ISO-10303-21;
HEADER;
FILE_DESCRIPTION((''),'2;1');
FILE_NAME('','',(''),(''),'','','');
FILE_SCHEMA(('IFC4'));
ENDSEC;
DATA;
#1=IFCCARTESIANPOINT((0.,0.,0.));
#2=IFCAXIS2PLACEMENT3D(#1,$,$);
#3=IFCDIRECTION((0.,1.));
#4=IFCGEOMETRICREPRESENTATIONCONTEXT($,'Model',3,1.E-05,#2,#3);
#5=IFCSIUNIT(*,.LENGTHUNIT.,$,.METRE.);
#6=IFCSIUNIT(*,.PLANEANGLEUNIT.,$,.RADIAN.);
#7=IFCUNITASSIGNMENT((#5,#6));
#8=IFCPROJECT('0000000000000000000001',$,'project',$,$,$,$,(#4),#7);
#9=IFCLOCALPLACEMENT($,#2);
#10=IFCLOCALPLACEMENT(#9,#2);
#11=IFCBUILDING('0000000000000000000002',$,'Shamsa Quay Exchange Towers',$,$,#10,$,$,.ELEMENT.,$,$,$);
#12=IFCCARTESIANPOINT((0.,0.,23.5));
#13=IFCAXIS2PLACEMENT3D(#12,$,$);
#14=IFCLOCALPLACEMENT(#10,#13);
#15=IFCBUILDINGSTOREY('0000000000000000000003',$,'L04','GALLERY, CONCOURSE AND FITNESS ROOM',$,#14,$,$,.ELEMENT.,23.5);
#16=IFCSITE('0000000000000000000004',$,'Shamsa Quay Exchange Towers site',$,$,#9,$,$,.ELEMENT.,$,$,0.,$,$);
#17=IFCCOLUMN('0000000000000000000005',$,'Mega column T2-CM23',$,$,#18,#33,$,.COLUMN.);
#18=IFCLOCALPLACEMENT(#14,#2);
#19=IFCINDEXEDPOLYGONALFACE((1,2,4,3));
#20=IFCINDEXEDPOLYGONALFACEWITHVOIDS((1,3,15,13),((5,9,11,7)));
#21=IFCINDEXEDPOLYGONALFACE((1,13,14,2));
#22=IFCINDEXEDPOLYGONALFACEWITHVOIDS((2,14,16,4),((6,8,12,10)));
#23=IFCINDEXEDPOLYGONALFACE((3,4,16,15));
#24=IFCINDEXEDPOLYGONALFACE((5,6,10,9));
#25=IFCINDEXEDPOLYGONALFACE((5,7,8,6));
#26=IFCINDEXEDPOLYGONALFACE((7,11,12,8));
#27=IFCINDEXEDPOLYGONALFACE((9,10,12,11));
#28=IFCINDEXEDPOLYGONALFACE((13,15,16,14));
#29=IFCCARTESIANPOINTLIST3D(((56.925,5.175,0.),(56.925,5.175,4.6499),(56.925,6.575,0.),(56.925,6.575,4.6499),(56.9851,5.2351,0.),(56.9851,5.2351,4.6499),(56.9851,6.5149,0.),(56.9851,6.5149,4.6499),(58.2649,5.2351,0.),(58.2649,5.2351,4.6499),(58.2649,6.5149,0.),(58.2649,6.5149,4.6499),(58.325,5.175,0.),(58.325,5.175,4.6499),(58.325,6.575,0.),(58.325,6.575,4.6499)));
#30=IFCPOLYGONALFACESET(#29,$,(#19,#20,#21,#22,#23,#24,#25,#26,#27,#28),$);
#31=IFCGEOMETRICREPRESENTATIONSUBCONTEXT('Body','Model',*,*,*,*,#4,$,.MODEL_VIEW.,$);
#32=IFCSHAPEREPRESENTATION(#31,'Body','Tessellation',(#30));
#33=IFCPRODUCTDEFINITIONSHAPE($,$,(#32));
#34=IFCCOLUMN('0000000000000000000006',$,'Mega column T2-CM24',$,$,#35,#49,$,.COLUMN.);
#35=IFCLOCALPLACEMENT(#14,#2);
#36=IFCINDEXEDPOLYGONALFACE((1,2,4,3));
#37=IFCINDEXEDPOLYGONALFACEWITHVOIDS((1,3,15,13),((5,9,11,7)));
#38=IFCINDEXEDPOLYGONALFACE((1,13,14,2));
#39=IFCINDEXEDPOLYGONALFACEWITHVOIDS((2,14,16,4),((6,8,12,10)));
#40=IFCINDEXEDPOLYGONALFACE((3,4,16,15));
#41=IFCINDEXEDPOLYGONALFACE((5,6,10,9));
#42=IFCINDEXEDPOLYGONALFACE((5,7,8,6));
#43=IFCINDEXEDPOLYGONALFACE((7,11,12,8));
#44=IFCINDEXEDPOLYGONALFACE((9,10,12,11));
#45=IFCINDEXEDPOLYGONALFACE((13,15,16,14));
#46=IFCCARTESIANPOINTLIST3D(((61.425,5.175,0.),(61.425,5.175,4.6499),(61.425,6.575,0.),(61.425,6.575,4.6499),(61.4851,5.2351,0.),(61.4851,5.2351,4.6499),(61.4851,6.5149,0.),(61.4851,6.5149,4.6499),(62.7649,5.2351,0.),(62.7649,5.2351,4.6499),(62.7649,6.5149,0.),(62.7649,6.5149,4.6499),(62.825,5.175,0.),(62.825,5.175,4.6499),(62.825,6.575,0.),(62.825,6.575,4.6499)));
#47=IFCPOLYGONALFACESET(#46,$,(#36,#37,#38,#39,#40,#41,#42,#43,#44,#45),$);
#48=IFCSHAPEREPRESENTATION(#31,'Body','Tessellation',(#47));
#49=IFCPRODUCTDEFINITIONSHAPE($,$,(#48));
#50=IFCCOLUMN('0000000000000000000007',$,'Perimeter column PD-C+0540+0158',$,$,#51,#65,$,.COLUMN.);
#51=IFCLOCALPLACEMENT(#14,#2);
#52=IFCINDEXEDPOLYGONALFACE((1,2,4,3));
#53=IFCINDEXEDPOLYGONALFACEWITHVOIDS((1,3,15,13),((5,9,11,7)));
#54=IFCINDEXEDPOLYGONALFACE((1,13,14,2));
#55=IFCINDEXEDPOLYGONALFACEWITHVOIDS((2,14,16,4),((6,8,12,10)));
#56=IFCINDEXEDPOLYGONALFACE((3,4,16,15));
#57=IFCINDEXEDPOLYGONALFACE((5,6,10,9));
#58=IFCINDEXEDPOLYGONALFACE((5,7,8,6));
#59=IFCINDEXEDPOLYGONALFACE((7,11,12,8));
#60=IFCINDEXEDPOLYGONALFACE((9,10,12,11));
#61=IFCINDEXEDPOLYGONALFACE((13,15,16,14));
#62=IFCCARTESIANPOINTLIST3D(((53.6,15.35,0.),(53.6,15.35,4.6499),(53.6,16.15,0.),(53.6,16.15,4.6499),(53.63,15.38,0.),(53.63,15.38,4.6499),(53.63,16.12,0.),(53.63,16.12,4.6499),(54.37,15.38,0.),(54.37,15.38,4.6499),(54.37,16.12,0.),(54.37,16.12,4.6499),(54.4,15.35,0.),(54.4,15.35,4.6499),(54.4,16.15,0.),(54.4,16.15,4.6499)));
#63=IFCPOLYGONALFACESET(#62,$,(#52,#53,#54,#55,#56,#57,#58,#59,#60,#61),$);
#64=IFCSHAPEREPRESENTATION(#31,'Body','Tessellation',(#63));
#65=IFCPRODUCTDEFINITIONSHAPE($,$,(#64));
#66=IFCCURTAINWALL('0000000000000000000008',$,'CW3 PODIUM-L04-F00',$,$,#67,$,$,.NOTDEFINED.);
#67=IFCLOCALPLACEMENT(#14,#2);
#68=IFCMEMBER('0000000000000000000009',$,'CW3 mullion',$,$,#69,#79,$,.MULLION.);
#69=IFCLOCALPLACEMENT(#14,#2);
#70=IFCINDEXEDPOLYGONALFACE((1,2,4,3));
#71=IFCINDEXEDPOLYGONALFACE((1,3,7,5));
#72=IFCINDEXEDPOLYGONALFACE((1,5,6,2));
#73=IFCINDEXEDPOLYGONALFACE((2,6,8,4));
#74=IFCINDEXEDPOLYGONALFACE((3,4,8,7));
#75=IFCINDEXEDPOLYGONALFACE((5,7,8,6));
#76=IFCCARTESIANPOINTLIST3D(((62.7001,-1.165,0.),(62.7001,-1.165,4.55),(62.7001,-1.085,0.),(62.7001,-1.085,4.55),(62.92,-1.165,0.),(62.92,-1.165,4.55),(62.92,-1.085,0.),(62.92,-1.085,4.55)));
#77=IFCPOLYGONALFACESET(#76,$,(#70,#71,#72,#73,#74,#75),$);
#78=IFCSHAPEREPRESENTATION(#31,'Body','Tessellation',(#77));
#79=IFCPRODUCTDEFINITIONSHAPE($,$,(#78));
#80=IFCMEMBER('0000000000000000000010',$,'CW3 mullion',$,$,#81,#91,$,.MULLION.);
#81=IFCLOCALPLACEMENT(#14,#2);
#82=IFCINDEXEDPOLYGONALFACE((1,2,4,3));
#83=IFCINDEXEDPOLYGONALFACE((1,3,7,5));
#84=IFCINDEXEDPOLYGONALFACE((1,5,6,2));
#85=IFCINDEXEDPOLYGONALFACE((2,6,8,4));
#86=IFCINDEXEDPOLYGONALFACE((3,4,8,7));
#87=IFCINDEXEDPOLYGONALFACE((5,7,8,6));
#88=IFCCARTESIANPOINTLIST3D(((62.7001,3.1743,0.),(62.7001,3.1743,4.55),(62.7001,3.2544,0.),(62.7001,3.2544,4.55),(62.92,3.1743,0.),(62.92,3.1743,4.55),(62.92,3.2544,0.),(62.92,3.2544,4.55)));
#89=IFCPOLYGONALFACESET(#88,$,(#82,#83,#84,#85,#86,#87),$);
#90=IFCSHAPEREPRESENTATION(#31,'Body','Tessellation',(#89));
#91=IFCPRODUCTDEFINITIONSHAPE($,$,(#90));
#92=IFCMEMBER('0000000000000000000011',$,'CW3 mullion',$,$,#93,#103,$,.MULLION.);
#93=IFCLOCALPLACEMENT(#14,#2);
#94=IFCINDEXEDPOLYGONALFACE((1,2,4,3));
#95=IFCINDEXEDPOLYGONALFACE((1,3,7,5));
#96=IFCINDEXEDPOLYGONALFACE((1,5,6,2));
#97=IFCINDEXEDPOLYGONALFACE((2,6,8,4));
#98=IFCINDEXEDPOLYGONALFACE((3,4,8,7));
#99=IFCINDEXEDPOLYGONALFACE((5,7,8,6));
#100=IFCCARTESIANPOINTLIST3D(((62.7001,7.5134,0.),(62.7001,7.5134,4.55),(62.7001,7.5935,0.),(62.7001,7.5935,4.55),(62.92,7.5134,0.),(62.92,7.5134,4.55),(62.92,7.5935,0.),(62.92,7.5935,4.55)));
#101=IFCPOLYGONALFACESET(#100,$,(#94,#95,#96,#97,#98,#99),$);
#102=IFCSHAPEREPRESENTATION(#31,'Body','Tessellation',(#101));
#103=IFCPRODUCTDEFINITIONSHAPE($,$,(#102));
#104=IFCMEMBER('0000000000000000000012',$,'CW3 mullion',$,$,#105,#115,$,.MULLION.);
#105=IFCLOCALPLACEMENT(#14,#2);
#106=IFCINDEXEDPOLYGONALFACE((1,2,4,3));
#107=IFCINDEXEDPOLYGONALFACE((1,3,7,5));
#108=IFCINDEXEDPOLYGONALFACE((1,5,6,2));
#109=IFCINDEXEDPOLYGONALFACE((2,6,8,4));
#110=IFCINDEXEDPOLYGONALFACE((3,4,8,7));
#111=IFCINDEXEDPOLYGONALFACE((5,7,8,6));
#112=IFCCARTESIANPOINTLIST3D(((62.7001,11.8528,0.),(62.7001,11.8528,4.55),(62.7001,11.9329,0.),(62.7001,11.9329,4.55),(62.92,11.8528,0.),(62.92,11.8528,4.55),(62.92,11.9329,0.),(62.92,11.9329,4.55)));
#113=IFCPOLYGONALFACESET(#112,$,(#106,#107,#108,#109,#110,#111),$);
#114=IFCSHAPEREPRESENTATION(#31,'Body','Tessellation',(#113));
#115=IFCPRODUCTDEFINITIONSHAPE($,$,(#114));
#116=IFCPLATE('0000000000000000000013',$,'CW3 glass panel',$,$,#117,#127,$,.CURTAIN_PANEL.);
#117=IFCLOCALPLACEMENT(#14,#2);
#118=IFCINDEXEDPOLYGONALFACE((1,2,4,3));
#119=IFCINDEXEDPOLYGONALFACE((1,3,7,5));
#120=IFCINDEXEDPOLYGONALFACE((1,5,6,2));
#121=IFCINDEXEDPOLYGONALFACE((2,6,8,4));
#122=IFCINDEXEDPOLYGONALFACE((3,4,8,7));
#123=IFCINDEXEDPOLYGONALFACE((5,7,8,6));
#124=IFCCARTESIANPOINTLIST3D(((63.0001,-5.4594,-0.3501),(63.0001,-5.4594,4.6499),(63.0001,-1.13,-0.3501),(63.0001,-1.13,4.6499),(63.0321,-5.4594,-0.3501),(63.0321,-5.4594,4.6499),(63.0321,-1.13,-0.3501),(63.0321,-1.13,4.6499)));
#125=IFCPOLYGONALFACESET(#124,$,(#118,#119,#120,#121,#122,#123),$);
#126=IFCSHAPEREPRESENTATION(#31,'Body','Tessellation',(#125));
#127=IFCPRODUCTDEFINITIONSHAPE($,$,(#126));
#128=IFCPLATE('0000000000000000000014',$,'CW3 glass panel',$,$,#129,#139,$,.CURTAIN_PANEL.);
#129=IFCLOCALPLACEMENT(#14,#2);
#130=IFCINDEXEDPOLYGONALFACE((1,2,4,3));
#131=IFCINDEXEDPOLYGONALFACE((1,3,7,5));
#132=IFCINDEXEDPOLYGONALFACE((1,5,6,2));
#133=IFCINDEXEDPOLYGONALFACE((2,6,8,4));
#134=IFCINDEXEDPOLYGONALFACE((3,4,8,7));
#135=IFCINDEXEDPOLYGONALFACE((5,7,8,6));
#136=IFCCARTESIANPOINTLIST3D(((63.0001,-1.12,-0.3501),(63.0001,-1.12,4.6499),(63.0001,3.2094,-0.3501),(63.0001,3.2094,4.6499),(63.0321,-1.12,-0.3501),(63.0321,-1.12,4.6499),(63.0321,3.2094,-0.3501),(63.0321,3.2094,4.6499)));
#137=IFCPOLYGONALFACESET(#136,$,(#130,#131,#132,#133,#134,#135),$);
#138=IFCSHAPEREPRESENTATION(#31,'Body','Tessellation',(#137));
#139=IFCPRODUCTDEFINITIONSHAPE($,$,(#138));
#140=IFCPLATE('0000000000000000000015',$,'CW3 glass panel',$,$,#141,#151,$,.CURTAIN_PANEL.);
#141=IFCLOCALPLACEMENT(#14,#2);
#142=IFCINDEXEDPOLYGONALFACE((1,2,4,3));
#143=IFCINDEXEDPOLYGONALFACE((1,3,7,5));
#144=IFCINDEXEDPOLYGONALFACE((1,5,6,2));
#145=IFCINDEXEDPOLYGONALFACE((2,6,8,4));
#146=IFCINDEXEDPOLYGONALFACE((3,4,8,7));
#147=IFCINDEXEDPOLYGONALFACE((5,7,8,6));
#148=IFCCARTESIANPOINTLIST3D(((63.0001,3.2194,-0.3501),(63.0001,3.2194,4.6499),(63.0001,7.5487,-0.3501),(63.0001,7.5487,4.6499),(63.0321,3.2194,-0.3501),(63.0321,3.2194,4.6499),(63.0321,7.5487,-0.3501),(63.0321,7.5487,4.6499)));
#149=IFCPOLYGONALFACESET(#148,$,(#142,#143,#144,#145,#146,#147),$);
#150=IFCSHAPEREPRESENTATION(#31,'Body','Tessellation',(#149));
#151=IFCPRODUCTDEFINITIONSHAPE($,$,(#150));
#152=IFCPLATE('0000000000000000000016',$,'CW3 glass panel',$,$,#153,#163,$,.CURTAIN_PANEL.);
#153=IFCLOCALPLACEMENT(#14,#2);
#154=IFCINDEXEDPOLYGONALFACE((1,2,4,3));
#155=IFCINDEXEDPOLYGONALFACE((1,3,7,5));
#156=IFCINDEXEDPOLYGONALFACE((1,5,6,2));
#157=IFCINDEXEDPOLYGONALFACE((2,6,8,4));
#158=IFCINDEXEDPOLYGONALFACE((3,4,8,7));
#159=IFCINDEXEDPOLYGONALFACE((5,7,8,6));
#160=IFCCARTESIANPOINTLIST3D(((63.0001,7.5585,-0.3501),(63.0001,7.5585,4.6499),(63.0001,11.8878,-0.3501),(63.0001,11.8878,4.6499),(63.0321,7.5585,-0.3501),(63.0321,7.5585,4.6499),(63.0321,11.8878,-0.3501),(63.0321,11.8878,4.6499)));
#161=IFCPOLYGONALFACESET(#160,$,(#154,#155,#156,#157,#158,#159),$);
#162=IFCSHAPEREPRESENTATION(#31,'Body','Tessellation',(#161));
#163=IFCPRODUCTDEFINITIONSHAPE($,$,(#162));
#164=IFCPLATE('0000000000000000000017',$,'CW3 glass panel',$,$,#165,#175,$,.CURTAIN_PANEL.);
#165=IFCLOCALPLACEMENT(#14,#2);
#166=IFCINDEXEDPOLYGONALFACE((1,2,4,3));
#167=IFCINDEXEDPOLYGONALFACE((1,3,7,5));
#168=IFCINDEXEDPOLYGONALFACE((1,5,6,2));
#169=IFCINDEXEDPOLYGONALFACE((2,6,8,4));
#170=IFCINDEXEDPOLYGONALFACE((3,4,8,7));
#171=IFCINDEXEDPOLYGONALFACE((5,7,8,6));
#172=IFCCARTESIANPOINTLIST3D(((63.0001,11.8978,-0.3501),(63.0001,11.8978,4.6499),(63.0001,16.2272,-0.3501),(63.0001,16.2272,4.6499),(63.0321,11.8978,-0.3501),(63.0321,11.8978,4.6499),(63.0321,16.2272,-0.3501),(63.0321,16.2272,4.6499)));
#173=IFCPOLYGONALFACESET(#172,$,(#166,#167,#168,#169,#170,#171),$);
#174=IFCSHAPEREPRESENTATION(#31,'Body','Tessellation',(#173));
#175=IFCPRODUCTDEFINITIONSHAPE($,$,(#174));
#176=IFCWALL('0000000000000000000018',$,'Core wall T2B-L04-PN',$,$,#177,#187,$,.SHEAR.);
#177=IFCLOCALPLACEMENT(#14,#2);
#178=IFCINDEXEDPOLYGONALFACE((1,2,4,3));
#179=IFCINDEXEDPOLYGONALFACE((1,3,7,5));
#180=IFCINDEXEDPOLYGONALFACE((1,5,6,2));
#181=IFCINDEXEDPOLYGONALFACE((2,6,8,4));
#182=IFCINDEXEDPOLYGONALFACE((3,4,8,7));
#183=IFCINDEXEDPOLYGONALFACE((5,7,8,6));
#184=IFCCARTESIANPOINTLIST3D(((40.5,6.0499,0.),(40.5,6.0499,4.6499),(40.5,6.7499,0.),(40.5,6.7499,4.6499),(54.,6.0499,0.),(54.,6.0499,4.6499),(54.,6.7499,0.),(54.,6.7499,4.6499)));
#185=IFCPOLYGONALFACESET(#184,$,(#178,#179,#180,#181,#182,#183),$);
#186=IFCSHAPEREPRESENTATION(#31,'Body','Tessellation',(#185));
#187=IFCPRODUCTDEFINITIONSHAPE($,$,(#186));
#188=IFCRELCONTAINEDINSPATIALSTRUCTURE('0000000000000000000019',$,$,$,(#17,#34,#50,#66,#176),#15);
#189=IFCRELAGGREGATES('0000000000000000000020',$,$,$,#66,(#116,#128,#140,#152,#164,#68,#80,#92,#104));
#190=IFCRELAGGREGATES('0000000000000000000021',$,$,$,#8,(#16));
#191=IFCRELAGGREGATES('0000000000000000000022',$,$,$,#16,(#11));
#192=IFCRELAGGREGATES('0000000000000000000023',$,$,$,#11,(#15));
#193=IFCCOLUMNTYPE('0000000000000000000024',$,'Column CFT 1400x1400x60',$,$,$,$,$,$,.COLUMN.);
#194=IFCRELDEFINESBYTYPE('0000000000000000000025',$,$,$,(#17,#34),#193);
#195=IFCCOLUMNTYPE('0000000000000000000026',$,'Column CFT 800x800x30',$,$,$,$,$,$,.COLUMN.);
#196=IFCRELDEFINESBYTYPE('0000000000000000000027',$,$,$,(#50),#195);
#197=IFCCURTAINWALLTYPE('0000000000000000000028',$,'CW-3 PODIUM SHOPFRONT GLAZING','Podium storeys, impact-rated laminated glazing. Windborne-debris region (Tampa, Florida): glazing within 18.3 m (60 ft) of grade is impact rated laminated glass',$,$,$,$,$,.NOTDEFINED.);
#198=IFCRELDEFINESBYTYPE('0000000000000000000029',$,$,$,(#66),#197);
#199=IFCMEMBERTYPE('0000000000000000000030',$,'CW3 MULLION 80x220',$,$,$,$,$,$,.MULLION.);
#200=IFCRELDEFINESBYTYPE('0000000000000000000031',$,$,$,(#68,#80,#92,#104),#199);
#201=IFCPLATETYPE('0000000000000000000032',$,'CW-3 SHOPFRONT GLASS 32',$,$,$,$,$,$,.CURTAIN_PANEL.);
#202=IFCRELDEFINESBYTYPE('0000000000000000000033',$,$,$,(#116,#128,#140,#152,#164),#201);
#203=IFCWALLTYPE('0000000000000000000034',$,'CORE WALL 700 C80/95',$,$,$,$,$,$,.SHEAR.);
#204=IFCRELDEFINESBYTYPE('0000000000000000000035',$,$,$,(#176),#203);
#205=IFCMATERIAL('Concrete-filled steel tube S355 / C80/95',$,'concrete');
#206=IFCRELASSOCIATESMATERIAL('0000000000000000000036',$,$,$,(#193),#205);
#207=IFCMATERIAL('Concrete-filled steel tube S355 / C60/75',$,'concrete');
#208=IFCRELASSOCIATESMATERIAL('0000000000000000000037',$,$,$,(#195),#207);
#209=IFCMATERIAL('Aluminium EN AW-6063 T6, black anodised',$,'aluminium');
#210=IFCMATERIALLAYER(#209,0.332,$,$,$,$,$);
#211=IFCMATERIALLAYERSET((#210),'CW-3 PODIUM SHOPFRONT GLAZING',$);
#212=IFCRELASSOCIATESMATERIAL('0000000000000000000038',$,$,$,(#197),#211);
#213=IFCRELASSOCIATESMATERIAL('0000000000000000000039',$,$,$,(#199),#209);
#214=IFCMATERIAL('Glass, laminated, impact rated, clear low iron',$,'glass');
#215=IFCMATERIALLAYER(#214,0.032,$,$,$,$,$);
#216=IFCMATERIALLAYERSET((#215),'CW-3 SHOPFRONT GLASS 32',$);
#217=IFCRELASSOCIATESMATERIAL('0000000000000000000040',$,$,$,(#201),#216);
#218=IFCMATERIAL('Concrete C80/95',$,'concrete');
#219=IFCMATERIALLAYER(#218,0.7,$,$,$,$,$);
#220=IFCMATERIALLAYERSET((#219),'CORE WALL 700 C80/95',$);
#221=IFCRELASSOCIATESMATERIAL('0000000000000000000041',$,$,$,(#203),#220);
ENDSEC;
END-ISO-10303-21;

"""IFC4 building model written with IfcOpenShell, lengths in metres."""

from ifc_helpers import new_model, si_unit, direction, frame, frame_2d, origin, origin_2d, place, context, subcontext, project, spatial, rectangle, hollow_rectangle, extrude, material, layer, layer_set, material_profile, profile_set, type_object, element, aggregate, save


model = new_model("IFC4")

# Units and contexts
model_context = context("Model", 3, precision=1e-05, world=origin(), true_north=direction((0.0, 1.0)))
body_context = subcontext(model_context, "Body", "Model", "MODEL_VIEW")
ifc_project = project(units=[si_unit("LENGTHUNIT", "METRE"), si_unit("PLANEANGLEUNIT", "RADIAN")], contexts=[model_context])

# Site, building, storey
site_placement = place(None, origin())
site = spatial("IfcSite", under=ifc_project, at=site_placement, Name="Shamsa Quay Exchange Towers site", CompositionType="ELEMENT", RefElevation=0.0)
building_placement = place(site_placement, origin())
building = spatial("IfcBuilding", under=site, at=building_placement, Name="Shamsa Quay Exchange Towers", CompositionType="ELEMENT")
storey_placement = place(building_placement, frame((0.0, 0.0, 23.5)))
storey = spatial("IfcBuildingStorey", under=building, at=storey_placement, Name="L04", Description="GALLERY, CONCOURSE AND FITNESS ROOM", CompositionType="ELEMENT", Elevation=23.5)

# Columns
ifc_material_1 = material(Name="Concrete-filled steel tube S355 / C80/95", Category="concrete")
ifc_material_profile_1 = material_profile(ifc_material_1, hollow_rectangle(XDim=1.3999, YDim=1.3999, WallThickness=0.0601, at=origin_2d()), Name="CFT 1400x1400x60")
ifc_profile_set_1 = profile_set([ifc_material_profile_1], Name="Concrete-filled steel tube S355 / C80/95")
column_type_1 = type_object("IfcColumnType", Name="Column CFT 1400x1400x60", PredefinedType="COLUMN", material=ifc_profile_set_1)
for number, where, name in (
    (1, (57.625, 5.875, 0.0), "Mega column T2-CM23"),
    (2, (62.125, 5.875, 0.0), "Mega column T2-CM24"),
):
    element("IfcColumn", number, at=place(storey_placement, frame(where)), inside=storey, type_object=column_type_1, Name=name, PredefinedType="COLUMN", context=body_context, shape_type="SweptSolid", body=[
        extrude(hollow_rectangle(XDim=1.3999, YDim=1.3999, WallThickness=0.0601, at=origin_2d()), origin(), (0.0, 0.0, 1.0), 4.6499),
    ])
ifc_material_2 = material(Name="Concrete-filled steel tube S355 / C60/75", Category="concrete")
ifc_material_profile_2 = material_profile(ifc_material_2, hollow_rectangle(XDim=0.8, YDim=0.8, WallThickness=0.03, at=origin_2d()), Name="CFT 800x800x30")
ifc_profile_set_2 = profile_set([ifc_material_profile_2], Name="Concrete-filled steel tube S355 / C60/75")
column_type_2 = type_object("IfcColumnType", Name="Column CFT 800x800x30", PredefinedType="COLUMN", material=ifc_profile_set_2)
column_placement = place(storey_placement, frame((54.0, 15.75, 0.0)))
element("IfcColumn", 3, at=column_placement, inside=storey, type_object=column_type_2, Name="Perimeter column PD-C+0540+0158", PredefinedType="COLUMN", context=body_context, shape_type="SweptSolid", body=[
    extrude(hollow_rectangle(XDim=0.8, YDim=0.8, WallThickness=0.03, at=origin_2d()), origin(), (0.0, 0.0, 1.0), 4.6499),
])

# Curtain wall, members, plates
ifc_material_3 = material(Name="Aluminium EN AW-6063 T6, black anodised", Category="aluminium")
ifc_layer_1 = layer(ifc_material_3, 0.332)
ifc_layer_set_1 = layer_set([ifc_layer_1], Name="CW-3 PODIUM SHOPFRONT GLAZING")
curtain_wall_type = type_object("IfcCurtainWallType", Name="CW-3 PODIUM SHOPFRONT GLAZING", Description="Podium storeys, impact-rated laminated glazing. Windborne-debris region (Tampa, Florida): glazing within 18.3 m (60 ft) of grade is impact rated laminated glass", PredefinedType="NOTDEFINED", material=ifc_layer_set_1)
curtain_wall_placement = place(storey_placement, origin())
curtain_wall = element("IfcCurtainWall", 4, at=curtain_wall_placement, inside=storey, type_object=curtain_wall_type, Name="CW3 PODIUM-L04-F00", PredefinedType="NOTDEFINED")
ifc_material_profile_3 = material_profile(ifc_material_3, rectangle(XDim=0.22, YDim=0.0801, at=origin_2d()), Name="MU80x220")
ifc_profile_set_3 = profile_set([ifc_material_profile_3], Name="Aluminium EN AW-6063 T6, black anodised")
member_type = type_object("IfcMemberType", Name="CW3 MULLION 80x220", PredefinedType="MULLION", material=ifc_profile_set_3)
member_1_placement = place(storey_placement, frame((62.8101, -1.125, 0.0), z_axis=(0.0, 0.0, 1.0), x_axis=(-1.0, 0.0, 0.0)))
member_1 = element("IfcMember", 5, at=member_1_placement, type_object=member_type, Name="CW3 mullion", PredefinedType="MULLION", context=body_context, shape_type="SweptSolid", body=[
    extrude(rectangle(XDim=0.22, YDim=0.0801, at=origin_2d()), origin(), (0.0, 0.0, 1.0), 4.55),
])
member_2_placement = place(storey_placement, frame((62.8101, 3.2144, 0.0), z_axis=(0.0, 0.0, 1.0), x_axis=(-1.0, 0.0, 0.0)))
member_2 = element("IfcMember", 6, at=member_2_placement, type_object=member_type, Name="CW3 mullion", PredefinedType="MULLION", context=body_context, shape_type="SweptSolid", body=[
    extrude(rectangle(XDim=0.22, YDim=0.0801, at=origin_2d()), origin(), (0.0, 0.0, 1.0), 4.55),
])
member_3_placement = place(storey_placement, frame((62.8101, 7.5535, 0.0), z_axis=(0.0, 0.0, 1.0), x_axis=(-1.0, 0.0, 0.0)))
member_3 = element("IfcMember", 7, at=member_3_placement, type_object=member_type, Name="CW3 mullion", PredefinedType="MULLION", context=body_context, shape_type="SweptSolid", body=[
    extrude(rectangle(XDim=0.22, YDim=0.0801, at=origin_2d()), origin(), (0.0, 0.0, 1.0), 4.55),
])
member_4_placement = place(storey_placement, frame((62.8101, 11.8928, 0.0), z_axis=(0.0, 0.0, 1.0), x_axis=(-1.0, 0.0, 0.0)))
member_4 = element("IfcMember", 8, at=member_4_placement, type_object=member_type, Name="CW3 mullion", PredefinedType="MULLION", context=body_context, shape_type="SweptSolid", body=[
    extrude(rectangle(XDim=0.22, YDim=0.0801, at=origin_2d()), origin(), (0.0, 0.0, 1.0), 4.55),
])
ifc_material_4 = material(Name="Glass, laminated, impact rated, clear low iron", Category="glass")
ifc_layer_2 = layer(ifc_material_4, 0.032)
ifc_layer_set_2 = layer_set([ifc_layer_2], Name="CW-3 SHOPFRONT GLASS 32")
plate_type = type_object("IfcPlateType", Name="CW-3 SHOPFRONT GLASS 32", PredefinedType="CURTAIN_PANEL", material=ifc_layer_set_2)
plate_1_placement = place(storey_placement, frame((63.0161, -3.2947, -0.3501), z_axis=(0.0, 0.0, 1.0), x_axis=(0.0, 1.0, 0.0)))
plate_1 = element("IfcPlate", 9, at=plate_1_placement, type_object=plate_type, Name="CW3 glass panel", PredefinedType="CURTAIN_PANEL", context=body_context, shape_type="SweptSolid", body=[
    extrude(rectangle(XDim=4.3293, YDim=0.032, at=origin_2d()), origin(), (0.0, 0.0, 1.0), 5.0),
])
plate_2_placement = place(storey_placement, frame((63.0161, 1.0447, -0.3501), z_axis=(0.0, 0.0, 1.0), x_axis=(0.0, 1.0, 0.0)))
plate_2 = element("IfcPlate", 10, at=plate_2_placement, type_object=plate_type, Name="CW3 glass panel", PredefinedType="CURTAIN_PANEL", context=body_context, shape_type="SweptSolid", body=[
    extrude(rectangle(XDim=4.3293, YDim=0.032, at=origin_2d()), origin(), (0.0, 0.0, 1.0), 5.0),
])
plate_3_placement = place(storey_placement, frame((63.0161, 5.384, -0.3501), z_axis=(0.0, 0.0, 1.0), x_axis=(0.0, 1.0, 0.0)))
plate_3 = element("IfcPlate", 11, at=plate_3_placement, type_object=plate_type, Name="CW3 glass panel", PredefinedType="CURTAIN_PANEL", context=body_context, shape_type="SweptSolid", body=[
    extrude(rectangle(XDim=4.3293, YDim=0.032, at=origin_2d()), origin(), (0.0, 0.0, 1.0), 5.0),
])
plate_4_placement = place(storey_placement, frame((63.0161, 9.7231, -0.3501), z_axis=(0.0, 0.0, 1.0), x_axis=(0.0, 1.0, 0.0)))
plate_4 = element("IfcPlate", 12, at=plate_4_placement, type_object=plate_type, Name="CW3 glass panel", PredefinedType="CURTAIN_PANEL", context=body_context, shape_type="SweptSolid", body=[
    extrude(rectangle(XDim=4.3293, YDim=0.032, at=origin_2d()), origin(), (0.0, 0.0, 1.0), 5.0),
])
plate_5_placement = place(storey_placement, frame((63.0161, 14.0625, -0.3501), z_axis=(0.0, 0.0, 1.0), x_axis=(0.0, 1.0, 0.0)))
plate_5 = element("IfcPlate", 13, at=plate_5_placement, type_object=plate_type, Name="CW3 glass panel", PredefinedType="CURTAIN_PANEL", context=body_context, shape_type="SweptSolid", body=[
    extrude(rectangle(XDim=4.3293, YDim=0.032, at=origin_2d()), origin(), (0.0, 0.0, 1.0), 5.0),
])
aggregate(curtain_wall, [plate_1, plate_2, plate_3, plate_4, plate_5, member_1, member_2, member_3, member_4])

# Wall
ifc_material_5 = material(Name="Concrete C80/95", Category="concrete")
ifc_layer_3 = layer(ifc_material_5, 0.7)
ifc_layer_set_3 = layer_set([ifc_layer_3], Name="CORE WALL 700 C80/95")
wall_type_1 = type_object("IfcWallType", Name="CORE WALL 700 C80/95", PredefinedType="SHEAR", material=ifc_layer_set_3)
wall_1_placement = place(storey_placement, frame((54.0, 6.3999, 0.0), z_axis=(0.0, 0.0, 1.0), x_axis=(-1.0, 0.0, 0.0)))
element("IfcWall", 14, at=wall_1_placement, inside=storey, type_object=wall_type_1, Name="Core wall T2B-L04-PN", PredefinedType="SHEAR", context=body_context, shape_type="SweptSolid", body=[
    extrude(rectangle(XDim=13.5, YDim=0.7, at=frame_2d((6.75, 0.0))), origin(), (0.0, 0.0, 1.0), 4.6499),
])

save(model, "model.ifc")
